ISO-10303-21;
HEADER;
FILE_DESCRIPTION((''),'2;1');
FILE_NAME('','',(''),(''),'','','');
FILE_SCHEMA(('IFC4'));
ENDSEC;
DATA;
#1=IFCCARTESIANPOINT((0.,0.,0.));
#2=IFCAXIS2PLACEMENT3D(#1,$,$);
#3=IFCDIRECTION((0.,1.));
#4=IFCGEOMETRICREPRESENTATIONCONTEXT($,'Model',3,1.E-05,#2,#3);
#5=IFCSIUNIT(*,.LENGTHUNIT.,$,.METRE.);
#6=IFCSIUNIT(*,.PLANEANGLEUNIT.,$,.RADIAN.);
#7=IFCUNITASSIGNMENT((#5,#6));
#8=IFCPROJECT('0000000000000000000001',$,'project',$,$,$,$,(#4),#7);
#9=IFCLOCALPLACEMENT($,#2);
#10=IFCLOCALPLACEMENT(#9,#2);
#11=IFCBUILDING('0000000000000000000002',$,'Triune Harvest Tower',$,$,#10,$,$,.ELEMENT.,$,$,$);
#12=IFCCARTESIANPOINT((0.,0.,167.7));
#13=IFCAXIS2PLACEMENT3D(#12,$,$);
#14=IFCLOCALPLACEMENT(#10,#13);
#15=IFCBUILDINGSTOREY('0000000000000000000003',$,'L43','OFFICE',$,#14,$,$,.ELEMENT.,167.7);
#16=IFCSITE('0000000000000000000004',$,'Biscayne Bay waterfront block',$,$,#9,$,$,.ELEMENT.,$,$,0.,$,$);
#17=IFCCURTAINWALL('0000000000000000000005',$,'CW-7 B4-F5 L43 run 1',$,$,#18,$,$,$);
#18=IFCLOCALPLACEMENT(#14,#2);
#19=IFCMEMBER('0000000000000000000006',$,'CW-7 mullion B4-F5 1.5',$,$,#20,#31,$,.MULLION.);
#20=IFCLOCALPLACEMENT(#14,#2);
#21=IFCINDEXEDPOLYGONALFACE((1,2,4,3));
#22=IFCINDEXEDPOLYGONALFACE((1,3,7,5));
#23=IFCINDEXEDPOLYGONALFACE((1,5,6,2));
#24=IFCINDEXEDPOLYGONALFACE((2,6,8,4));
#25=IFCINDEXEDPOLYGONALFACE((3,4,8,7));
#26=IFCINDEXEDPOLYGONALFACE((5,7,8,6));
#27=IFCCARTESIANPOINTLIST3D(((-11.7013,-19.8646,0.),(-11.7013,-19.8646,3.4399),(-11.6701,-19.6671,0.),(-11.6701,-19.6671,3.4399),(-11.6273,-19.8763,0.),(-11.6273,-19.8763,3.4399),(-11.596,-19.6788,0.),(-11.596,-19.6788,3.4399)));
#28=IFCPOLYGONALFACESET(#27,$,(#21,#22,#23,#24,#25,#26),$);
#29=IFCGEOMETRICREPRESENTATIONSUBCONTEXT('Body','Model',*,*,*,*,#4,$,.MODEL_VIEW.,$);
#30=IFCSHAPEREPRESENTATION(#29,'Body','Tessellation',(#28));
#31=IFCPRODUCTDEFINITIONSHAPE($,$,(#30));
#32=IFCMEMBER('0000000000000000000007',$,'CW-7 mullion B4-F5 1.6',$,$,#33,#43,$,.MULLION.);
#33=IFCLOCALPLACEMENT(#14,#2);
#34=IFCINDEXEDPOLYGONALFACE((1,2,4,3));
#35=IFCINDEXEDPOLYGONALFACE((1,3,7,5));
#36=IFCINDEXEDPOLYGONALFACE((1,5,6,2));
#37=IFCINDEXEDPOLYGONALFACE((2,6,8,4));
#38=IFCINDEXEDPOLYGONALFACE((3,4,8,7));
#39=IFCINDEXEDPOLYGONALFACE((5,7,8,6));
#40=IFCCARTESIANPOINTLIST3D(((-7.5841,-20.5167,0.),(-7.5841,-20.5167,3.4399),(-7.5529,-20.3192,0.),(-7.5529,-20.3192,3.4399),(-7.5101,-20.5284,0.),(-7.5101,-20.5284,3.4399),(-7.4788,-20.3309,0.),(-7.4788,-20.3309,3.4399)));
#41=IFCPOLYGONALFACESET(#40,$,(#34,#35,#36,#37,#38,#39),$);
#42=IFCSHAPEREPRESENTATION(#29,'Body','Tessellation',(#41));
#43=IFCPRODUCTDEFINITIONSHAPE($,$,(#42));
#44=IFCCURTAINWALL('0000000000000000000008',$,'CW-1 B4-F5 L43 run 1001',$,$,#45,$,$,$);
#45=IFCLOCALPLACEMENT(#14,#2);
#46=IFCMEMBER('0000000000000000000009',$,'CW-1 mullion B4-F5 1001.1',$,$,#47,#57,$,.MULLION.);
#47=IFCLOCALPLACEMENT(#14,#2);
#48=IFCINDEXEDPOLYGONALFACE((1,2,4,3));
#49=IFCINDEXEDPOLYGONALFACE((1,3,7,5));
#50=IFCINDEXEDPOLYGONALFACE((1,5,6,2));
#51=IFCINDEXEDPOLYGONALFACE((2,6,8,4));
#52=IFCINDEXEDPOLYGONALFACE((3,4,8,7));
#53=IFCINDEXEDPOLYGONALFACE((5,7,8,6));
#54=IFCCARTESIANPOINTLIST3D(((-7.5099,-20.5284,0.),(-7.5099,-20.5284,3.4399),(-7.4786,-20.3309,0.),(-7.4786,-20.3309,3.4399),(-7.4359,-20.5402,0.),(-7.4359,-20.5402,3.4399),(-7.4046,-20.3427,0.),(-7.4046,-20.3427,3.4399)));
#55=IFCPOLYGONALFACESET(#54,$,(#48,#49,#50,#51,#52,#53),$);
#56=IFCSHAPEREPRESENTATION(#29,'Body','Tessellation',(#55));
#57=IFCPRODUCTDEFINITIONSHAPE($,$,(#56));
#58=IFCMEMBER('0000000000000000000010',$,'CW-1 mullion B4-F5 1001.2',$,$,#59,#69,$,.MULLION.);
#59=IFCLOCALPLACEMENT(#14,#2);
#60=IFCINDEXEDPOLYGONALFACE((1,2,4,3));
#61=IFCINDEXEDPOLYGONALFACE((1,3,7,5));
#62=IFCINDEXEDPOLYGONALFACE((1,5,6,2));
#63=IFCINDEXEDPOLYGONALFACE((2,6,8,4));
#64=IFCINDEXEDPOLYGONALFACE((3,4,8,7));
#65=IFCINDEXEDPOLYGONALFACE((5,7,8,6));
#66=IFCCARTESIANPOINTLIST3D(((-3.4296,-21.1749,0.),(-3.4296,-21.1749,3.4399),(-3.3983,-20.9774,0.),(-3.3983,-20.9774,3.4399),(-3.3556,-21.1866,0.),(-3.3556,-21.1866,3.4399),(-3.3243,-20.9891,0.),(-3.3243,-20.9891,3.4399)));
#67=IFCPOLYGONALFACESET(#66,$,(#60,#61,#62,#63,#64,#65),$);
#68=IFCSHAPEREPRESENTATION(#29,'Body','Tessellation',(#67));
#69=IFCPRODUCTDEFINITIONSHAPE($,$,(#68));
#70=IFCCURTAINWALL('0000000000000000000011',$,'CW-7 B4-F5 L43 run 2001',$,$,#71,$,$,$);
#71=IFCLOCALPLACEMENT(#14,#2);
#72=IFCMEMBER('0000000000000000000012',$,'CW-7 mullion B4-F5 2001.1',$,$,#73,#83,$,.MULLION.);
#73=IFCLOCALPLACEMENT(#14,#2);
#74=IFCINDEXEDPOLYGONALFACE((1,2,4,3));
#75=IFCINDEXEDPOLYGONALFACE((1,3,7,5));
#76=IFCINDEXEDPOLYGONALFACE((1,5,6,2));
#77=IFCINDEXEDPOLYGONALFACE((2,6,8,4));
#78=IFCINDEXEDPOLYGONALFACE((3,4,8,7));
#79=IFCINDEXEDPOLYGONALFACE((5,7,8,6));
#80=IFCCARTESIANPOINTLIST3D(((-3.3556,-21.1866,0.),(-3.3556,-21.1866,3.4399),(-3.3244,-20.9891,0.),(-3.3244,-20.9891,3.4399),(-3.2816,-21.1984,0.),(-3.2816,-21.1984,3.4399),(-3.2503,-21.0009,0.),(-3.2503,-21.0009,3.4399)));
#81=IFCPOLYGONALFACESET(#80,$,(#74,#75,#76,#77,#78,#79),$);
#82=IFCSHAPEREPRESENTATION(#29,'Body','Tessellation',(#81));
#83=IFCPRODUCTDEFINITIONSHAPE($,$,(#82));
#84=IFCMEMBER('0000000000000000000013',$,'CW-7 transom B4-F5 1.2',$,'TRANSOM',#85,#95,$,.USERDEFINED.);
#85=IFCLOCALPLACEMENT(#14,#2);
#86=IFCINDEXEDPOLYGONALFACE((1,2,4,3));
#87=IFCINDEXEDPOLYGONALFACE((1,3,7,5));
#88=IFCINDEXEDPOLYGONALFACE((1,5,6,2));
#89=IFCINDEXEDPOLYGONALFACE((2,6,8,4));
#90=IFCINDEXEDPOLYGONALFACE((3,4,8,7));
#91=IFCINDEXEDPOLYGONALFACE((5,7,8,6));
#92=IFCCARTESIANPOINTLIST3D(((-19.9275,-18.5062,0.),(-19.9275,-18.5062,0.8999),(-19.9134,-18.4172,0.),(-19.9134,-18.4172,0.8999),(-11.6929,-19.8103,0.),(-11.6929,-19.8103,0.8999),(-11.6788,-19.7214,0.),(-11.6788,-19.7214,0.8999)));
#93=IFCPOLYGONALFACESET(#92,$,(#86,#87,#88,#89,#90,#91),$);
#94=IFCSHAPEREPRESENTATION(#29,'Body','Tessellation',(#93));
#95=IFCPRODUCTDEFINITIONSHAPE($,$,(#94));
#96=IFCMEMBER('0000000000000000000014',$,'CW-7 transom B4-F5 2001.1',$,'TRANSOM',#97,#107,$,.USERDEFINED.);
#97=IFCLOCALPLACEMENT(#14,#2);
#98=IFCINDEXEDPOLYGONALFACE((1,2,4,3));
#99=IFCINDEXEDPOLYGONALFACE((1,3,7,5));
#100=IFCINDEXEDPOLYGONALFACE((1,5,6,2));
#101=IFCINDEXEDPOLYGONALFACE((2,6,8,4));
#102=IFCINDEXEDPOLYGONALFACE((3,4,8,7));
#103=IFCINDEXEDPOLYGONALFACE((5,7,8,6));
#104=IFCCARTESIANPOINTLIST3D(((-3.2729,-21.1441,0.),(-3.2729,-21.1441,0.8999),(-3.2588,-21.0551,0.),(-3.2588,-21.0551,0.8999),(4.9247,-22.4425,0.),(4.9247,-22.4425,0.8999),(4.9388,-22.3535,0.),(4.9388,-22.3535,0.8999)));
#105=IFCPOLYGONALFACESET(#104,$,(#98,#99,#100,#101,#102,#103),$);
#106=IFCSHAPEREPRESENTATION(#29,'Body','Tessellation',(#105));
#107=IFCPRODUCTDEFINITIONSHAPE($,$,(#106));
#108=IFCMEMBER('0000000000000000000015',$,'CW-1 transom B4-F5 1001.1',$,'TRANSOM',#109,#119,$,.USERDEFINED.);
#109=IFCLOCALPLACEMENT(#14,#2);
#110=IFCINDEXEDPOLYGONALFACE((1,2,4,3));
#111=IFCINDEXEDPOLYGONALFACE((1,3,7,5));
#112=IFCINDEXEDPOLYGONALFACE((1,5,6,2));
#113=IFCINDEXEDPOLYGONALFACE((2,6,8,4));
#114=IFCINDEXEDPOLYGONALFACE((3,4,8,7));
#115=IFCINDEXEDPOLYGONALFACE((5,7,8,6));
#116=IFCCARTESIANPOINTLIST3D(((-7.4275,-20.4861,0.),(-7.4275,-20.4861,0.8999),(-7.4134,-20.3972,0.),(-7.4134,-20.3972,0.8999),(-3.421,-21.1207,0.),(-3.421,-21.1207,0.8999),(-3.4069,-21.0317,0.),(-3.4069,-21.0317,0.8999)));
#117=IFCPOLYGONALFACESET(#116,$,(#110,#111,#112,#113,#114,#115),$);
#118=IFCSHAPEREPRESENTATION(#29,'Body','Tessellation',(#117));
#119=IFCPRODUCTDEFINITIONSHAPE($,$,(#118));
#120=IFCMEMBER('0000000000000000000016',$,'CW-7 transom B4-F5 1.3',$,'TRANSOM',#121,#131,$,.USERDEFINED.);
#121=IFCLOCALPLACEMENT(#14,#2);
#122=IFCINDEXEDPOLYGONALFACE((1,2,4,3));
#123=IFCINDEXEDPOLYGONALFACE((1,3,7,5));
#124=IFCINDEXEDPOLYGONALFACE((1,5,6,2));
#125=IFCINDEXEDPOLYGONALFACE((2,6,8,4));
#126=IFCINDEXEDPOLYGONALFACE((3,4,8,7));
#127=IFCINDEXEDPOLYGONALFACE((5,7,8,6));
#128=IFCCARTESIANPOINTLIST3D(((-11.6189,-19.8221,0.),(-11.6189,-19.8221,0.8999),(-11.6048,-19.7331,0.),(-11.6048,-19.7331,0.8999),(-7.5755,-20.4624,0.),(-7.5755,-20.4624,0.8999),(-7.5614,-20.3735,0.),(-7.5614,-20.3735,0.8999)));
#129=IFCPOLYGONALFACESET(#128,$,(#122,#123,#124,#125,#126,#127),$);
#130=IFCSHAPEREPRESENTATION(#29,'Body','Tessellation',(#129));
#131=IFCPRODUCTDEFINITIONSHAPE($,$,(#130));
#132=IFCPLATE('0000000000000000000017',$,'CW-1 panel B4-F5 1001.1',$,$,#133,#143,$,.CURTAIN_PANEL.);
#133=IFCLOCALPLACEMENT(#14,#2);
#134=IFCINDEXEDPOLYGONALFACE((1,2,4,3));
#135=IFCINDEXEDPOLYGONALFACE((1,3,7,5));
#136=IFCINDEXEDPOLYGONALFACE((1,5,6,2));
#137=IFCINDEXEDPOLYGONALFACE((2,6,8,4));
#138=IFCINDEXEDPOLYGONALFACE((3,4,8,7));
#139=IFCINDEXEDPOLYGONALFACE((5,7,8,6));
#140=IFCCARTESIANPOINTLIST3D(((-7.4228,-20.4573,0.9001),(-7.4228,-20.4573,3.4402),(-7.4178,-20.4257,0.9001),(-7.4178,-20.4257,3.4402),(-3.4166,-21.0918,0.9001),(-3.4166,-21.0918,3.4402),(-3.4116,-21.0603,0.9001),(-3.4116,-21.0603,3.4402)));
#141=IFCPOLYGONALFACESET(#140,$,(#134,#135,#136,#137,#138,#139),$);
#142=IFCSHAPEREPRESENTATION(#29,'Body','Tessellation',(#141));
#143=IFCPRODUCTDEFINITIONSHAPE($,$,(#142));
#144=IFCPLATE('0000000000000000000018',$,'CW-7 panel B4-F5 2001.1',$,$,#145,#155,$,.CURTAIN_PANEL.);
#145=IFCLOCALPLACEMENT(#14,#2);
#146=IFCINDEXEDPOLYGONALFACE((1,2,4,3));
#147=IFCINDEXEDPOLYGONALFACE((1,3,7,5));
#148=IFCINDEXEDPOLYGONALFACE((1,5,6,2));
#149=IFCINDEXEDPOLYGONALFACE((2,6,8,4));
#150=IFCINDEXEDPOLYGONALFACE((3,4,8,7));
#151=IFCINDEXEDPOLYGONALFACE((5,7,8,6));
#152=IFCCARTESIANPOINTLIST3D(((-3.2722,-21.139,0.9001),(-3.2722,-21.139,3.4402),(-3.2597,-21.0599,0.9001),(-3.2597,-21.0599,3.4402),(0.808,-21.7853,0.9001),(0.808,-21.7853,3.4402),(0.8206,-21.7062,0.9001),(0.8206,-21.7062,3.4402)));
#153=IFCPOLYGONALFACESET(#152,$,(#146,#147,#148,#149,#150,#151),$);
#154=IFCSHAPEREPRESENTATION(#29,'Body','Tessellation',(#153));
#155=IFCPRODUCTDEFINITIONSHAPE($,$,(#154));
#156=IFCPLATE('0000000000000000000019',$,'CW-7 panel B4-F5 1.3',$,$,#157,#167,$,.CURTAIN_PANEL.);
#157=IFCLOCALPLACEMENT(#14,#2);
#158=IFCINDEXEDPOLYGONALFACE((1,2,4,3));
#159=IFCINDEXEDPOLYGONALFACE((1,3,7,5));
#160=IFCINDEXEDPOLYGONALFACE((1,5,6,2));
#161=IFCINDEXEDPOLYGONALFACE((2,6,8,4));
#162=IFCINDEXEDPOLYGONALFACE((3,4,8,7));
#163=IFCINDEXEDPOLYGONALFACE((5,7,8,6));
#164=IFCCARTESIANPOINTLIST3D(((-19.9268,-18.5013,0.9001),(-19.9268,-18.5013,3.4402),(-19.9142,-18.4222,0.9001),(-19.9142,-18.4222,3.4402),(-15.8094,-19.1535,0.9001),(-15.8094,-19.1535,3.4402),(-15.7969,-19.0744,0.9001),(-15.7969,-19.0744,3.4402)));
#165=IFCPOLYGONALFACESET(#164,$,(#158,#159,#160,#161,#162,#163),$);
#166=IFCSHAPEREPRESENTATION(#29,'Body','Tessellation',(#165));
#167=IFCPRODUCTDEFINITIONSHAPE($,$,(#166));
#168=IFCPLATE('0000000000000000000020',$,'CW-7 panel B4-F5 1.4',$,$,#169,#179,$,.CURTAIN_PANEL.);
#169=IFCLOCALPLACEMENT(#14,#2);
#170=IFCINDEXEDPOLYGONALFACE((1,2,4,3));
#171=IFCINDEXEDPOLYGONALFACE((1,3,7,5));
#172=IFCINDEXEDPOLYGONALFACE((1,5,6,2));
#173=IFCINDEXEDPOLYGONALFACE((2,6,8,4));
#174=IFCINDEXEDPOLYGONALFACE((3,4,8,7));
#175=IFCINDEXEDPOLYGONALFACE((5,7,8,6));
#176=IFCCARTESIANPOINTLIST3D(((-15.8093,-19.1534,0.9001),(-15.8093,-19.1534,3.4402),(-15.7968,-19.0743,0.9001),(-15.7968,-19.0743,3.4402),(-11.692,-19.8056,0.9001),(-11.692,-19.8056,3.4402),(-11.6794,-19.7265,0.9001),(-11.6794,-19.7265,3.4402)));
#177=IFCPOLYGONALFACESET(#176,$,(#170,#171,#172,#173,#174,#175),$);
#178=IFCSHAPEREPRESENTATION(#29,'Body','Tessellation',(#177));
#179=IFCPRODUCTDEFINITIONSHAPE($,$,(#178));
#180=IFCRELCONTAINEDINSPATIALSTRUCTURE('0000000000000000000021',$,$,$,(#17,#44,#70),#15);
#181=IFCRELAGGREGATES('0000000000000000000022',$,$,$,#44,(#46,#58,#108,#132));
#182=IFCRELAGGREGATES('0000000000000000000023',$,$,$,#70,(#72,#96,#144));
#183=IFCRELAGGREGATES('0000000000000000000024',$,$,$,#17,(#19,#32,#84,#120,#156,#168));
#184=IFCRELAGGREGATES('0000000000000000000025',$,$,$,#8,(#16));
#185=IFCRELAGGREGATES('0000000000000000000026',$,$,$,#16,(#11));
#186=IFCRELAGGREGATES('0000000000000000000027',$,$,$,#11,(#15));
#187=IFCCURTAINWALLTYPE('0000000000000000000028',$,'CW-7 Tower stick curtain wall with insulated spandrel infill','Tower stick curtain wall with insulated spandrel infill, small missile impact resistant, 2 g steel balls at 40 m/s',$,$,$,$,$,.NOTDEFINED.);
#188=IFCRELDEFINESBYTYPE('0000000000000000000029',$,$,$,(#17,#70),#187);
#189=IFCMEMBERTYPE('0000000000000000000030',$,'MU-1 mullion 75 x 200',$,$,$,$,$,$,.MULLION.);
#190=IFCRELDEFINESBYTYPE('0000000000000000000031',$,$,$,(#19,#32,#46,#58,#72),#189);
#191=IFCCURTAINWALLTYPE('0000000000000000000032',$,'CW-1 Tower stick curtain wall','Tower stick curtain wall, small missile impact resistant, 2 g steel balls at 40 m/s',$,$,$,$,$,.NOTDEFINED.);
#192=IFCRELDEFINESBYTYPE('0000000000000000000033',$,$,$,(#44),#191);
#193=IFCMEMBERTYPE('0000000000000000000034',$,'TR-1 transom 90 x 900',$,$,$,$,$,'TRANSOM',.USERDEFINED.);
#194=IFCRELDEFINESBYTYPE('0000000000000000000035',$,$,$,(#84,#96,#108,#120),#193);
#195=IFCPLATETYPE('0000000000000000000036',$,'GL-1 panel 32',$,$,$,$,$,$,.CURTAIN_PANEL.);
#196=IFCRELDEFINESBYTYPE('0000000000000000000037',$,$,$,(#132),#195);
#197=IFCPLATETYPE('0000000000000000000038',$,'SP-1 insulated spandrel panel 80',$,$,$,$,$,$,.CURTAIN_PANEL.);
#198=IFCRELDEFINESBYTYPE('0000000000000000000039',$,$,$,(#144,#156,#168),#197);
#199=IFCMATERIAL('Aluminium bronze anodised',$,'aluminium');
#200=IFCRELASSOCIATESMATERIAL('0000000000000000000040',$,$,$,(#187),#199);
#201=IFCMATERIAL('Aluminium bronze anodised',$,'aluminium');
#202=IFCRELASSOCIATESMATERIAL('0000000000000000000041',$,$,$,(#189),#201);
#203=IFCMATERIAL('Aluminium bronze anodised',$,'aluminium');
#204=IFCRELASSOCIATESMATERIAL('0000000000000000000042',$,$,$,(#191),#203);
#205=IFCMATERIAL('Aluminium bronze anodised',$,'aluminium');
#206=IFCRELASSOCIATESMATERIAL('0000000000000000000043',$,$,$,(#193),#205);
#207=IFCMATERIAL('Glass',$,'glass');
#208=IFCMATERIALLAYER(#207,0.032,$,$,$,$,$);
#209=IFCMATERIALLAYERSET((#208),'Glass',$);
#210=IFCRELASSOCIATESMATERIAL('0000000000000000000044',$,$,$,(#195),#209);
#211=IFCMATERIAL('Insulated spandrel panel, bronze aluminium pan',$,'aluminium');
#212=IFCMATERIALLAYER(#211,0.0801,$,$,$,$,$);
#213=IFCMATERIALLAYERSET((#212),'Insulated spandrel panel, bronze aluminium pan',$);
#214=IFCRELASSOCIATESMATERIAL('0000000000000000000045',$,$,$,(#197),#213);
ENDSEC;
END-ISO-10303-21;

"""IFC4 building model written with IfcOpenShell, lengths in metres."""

from ifc_helpers import new_model, si_unit, direction, frame, origin, origin_2d, place, context, subcontext, project, spatial, rectangle, extrude, source, transform, mapped, material, layer, layer_set, material_profile, profile_set, type_object, element, aggregate, save


model = new_model("IFC4")

# Units and contexts
model_context = context("Model", 3, precision=1e-05, world=origin(), true_north=direction((0.0, 1.0)))
body_context = subcontext(model_context, "Body", "Model", "MODEL_VIEW")
ifc_project = project(units=[si_unit("LENGTHUNIT", "METRE"), si_unit("PLANEANGLEUNIT", "RADIAN")], contexts=[model_context])

# Site, building, storey
site_placement = place(None, origin())
site = spatial("IfcSite", under=ifc_project, at=site_placement, Name="Biscayne Bay waterfront block", CompositionType="ELEMENT", RefElevation=0.0)
building_placement = place(site_placement, origin())
building = spatial("IfcBuilding", under=site, at=building_placement, Name="Triune Harvest Tower", CompositionType="ELEMENT")
storey_placement = place(building_placement, frame((0.0, 0.0, 167.7)))
storey = spatial("IfcBuildingStorey", under=building, at=storey_placement, Name="L43", Description="OFFICE", CompositionType="ELEMENT", Elevation=167.7)

# Curtain walls, members
ifc_material_1 = material(Name="Aluminium bronze anodised", Category="aluminium")
curtain_wall_type_1 = type_object("IfcCurtainWallType", Name="CW-7 Tower stick curtain wall with insulated spandrel infill", Description="Tower stick curtain wall with insulated spandrel infill, small missile impact resistant, 2 g steel balls at 40 m/s", PredefinedType="NOTDEFINED", material=ifc_material_1)
curtain_wall_1_placement = place(storey_placement, origin())
curtain_wall_1 = element("IfcCurtainWall", 1, at=curtain_wall_1_placement, inside=storey, type_object=curtain_wall_type_1, Name="CW-7 B4-F5 L43 run 1")
ifc_material_2 = material(Name="Aluminium bronze anodised", Category="aluminium")
ifc_material_profile_1 = material_profile(ifc_material_2, rectangle(XDim=0.2, YDim=0.075, at=origin_2d()), Name="MU-1 mullion 75 x 200")
ifc_profile_set_1 = profile_set([ifc_material_profile_1], Name="Aluminium bronze anodised")
member_type_1 = type_object("IfcMemberType", Name="MU-1 mullion 75 x 200", PredefinedType="MULLION", material=ifc_profile_set_1)
shared_shape_1 = source(origin(), body_context, "Body", "SweptSolid", [
    extrude(rectangle(XDim=0.2, YDim=0.075, at=origin_2d()), origin(), (0.0, 0.0, 1.0), 3.4399),
])
member_1_placement = place(storey_placement, frame((-11.6487, -19.7717, 0.0), z_axis=(0.0, 0.0, 1.0), x_axis=(0.156435, 0.987688, 0.0)))
member_1 = element("IfcMember", 2, at=member_1_placement, type_object=member_type_1, Name="CW-7 mullion B4-F5 1.5", PredefinedType="MULLION", context=body_context, shape_type="MappedRepresentation", body=[
    mapped(shared_shape_1, transform((0.0, 0.0, 0.0), scale=1.0)),
])
member_2_placement = place(storey_placement, frame((-7.5315, -20.4238, 0.0), z_axis=(0.0, 0.0, 1.0), x_axis=(0.156435, 0.987688, 0.0)))
member_2 = element("IfcMember", 3, at=member_2_placement, type_object=member_type_1, Name="CW-7 mullion B4-F5 1.6", PredefinedType="MULLION", context=body_context, shape_type="MappedRepresentation", body=[
    mapped(shared_shape_1, transform((0.0, 0.0, 0.0), scale=1.0)),
])
ifc_material_3 = material(Name="Aluminium bronze anodised", Category="aluminium")
curtain_wall_type_2 = type_object("IfcCurtainWallType", Name="CW-1 Tower stick curtain wall", Description="Tower stick curtain wall, small missile impact resistant, 2 g steel balls at 40 m/s", PredefinedType="NOTDEFINED", material=ifc_material_3)
curtain_wall_2_placement = place(storey_placement, origin())
curtain_wall_2 = element("IfcCurtainWall", 4, at=curtain_wall_2_placement, inside=storey, type_object=curtain_wall_type_2, Name="CW-1 B4-F5 L43 run 1001")
member_3_placement = place(storey_placement, frame((-7.4573, -20.4355, 0.0), z_axis=(0.0, 0.0, 1.0), x_axis=(0.156436, 0.987688, 0.0)))
member_3 = element("IfcMember", 5, at=member_3_placement, type_object=member_type_1, Name="CW-1 mullion B4-F5 1001.1", PredefinedType="MULLION", context=body_context, shape_type="MappedRepresentation", body=[
    mapped(shared_shape_1, transform((0.0, 0.0, 0.0), scale=1.0)),
])
member_4_placement = place(storey_placement, frame((-3.377, -21.082, 0.0), z_axis=(0.0, 0.0, 1.0), x_axis=(0.156436, 0.987688, 0.0)))
member_4 = element("IfcMember", 6, at=member_4_placement, type_object=member_type_1, Name="CW-1 mullion B4-F5 1001.2", PredefinedType="MULLION", context=body_context, shape_type="MappedRepresentation", body=[
    mapped(shared_shape_1, transform((0.0, 0.0, 0.0), scale=1.0)),
])

# Curtain wall, member
curtain_wall_3_placement = place(storey_placement, origin())
curtain_wall_3 = element("IfcCurtainWall", 7, at=curtain_wall_3_placement, inside=storey, type_object=curtain_wall_type_1, Name="CW-7 B4-F5 L43 run 2001")
member_5_placement = place(storey_placement, frame((-3.303, -21.0938, 0.0), z_axis=(0.0, 0.0, 1.0), x_axis=(0.156435, 0.987688, 0.0)))
member_5 = element("IfcMember", 8, at=member_5_placement, type_object=member_type_1, Name="CW-7 mullion B4-F5 2001.1", PredefinedType="MULLION", context=body_context, shape_type="MappedRepresentation", body=[
    mapped(shared_shape_1, transform((0.0, 0.0, 0.0), scale=1.0)),
])

# Members
ifc_material_4 = material(Name="Aluminium bronze anodised", Category="aluminium")
ifc_material_profile_2 = material_profile(ifc_material_4, rectangle(XDim=0.0901, YDim=0.8999, at=origin_2d()), Name="TR-1 transom 90 x 900")
ifc_profile_set_2 = profile_set([ifc_material_profile_2], Name="Aluminium bronze anodised")
member_type_2 = type_object("IfcMemberType", Name="TR-1 transom 90 x 900", ElementType="TRANSOM", PredefinedType="USERDEFINED", material=ifc_profile_set_2)
shared_shape_2 = source(origin(), body_context, "Body", "SweptSolid", [
    extrude(rectangle(XDim=0.0901, YDim=0.8999, at=origin_2d()), origin(), (0.0, 0.0, 1.0), 8.3372),
])
member_6_placement = place(storey_placement, frame((-19.9204, -18.4617, 0.45), z_axis=(0.987689, -0.15643, 0.0), x_axis=(0.15643, 0.987689, 0.0)))
member_6 = element("IfcMember", 9, at=member_6_placement, type_object=member_type_2, Name="CW-7 transom B4-F5 1.2", ObjectType="TRANSOM", PredefinedType="USERDEFINED", context=body_context, shape_type="MappedRepresentation", body=[
    mapped(shared_shape_2, transform((0.0, 0.0, 0.0), scale=1.0)),
])
shared_shape_3 = source(origin(), body_context, "Body", "SweptSolid", [
    extrude(rectangle(XDim=0.0901, YDim=0.8999, at=origin_2d()), origin(), (0.0, 0.0, 1.0), 8.2998),
])
member_7_placement = place(storey_placement, frame((-3.2659, -21.0996, 0.45), z_axis=(0.987689, -0.156432, 0.0), x_axis=(0.156432, 0.987689, 0.0)))
member_7 = element("IfcMember", 10, at=member_7_placement, type_object=member_type_2, Name="CW-7 transom B4-F5 2001.1", ObjectType="TRANSOM", PredefinedType="USERDEFINED", context=body_context, shape_type="MappedRepresentation", body=[
    mapped(shared_shape_3, transform((0.0, 0.0, 0.0), scale=1.0)),
])
shared_shape_4 = source(origin(), body_context, "Body", "SweptSolid", [
    extrude(rectangle(XDim=0.0901, YDim=0.8999, at=origin_2d()), origin(), (0.0, 0.0, 1.0), 4.0564),
])
member_8_placement = place(storey_placement, frame((-7.4204, -20.4417, 0.45), z_axis=(0.987689, -0.156429, 0.0), x_axis=(0.156429, 0.987689, 0.0)))
member_8 = element("IfcMember", 11, at=member_8_placement, type_object=member_type_2, Name="CW-1 transom B4-F5 1001.1", ObjectType="TRANSOM", PredefinedType="USERDEFINED", context=body_context, shape_type="MappedRepresentation", body=[
    mapped(shared_shape_4, transform((0.0, 0.0, 0.0), scale=1.0)),
])
shared_shape_5 = source(origin(), body_context, "Body", "SweptSolid", [
    extrude(rectangle(XDim=0.0901, YDim=0.8999, at=origin_2d()), origin(), (0.0, 0.0, 1.0), 4.0938),
])
member_9_placement = place(storey_placement, frame((-11.6118, -19.7776, 0.45), z_axis=(0.98769, -0.156425, 0.0), x_axis=(0.156425, 0.98769, 0.0)))
member_9 = element("IfcMember", 12, at=member_9_placement, type_object=member_type_2, Name="CW-7 transom B4-F5 1.3", ObjectType="TRANSOM", PredefinedType="USERDEFINED", context=body_context, shape_type="MappedRepresentation", body=[
    mapped(shared_shape_5, transform((0.0, 0.0, 0.0), scale=1.0)),
])

# Plates
ifc_material_5 = material(Name="Glass", Category="glass")
ifc_layer_1 = layer(ifc_material_5, 0.032)
ifc_layer_set_1 = layer_set([ifc_layer_1], Name="Glass")
plate_type_1 = type_object("IfcPlateType", Name="GL-1 panel 32", PredefinedType="CURTAIN_PANEL", material=ifc_layer_set_1)
shared_shape_6 = source(origin(), body_context, "Body", "SweptSolid", [
    extrude(rectangle(XDim=4.0562, YDim=0.032, at=origin_2d()), origin(), (0.0, 0.0, 1.0), 2.54),
])
plate_1_placement = place(storey_placement, frame((-5.4172, -20.7588, 0.9001), z_axis=(0.0, 0.0, 1.0), x_axis=(0.987688, -0.156436, 0.0)))
plate_1 = element("IfcPlate", 13, at=plate_1_placement, type_object=plate_type_1, Name="CW-1 panel B4-F5 1001.1", PredefinedType="CURTAIN_PANEL", context=body_context, shape_type="MappedRepresentation", body=[
    mapped(shared_shape_6, transform((0.0, 0.0, 0.0), scale=1.0)),
])
aggregate(curtain_wall_2, [member_3, member_4, member_8, plate_1])
ifc_material_6 = material(Name="Insulated spandrel panel, bronze aluminium pan", Category="aluminium")
ifc_layer_2 = layer(ifc_material_6, 0.0801)
ifc_layer_set_2 = layer_set([ifc_layer_2], Name="Insulated spandrel panel, bronze aluminium pan")
plate_type_2 = type_object("IfcPlateType", Name="SP-1 insulated spandrel panel 80", PredefinedType="CURTAIN_PANEL", material=ifc_layer_set_2)
shared_shape_7 = source(origin(), body_context, "Body", "SweptSolid", [
    extrude(rectangle(XDim=4.1311, YDim=0.0801, at=origin_2d()), origin(), (0.0, 0.0, 1.0), 2.54),
])
plate_2_placement = place(storey_placement, frame((-1.2258, -21.4226, 0.9001), z_axis=(0.0, 0.0, 1.0), x_axis=(0.987688, -0.156435, 0.0)))
plate_2 = element("IfcPlate", 14, at=plate_2_placement, type_object=plate_type_2, Name="CW-7 panel B4-F5 2001.1", PredefinedType="CURTAIN_PANEL", context=body_context, shape_type="MappedRepresentation", body=[
    mapped(shared_shape_7, transform((0.0, 0.0, 0.0), scale=1.0)),
])
aggregate(curtain_wall_3, [member_5, member_7, plate_2])
shared_shape_8 = source(origin(), body_context, "Body", "SweptSolid", [
    extrude(rectangle(XDim=4.1687, YDim=0.0801, at=origin_2d()), origin(), (0.0, 0.0, 1.0), 2.54),
])
plate_3_placement = place(storey_placement, frame((-17.8618, -18.7878, 0.9001), z_axis=(0.0, 0.0, 1.0), x_axis=(0.987688, -0.156435, 0.0)))
plate_3 = element("IfcPlate", 15, at=plate_3_placement, type_object=plate_type_2, Name="CW-7 panel B4-F5 1.3", PredefinedType="CURTAIN_PANEL", context=body_context, shape_type="MappedRepresentation", body=[
    mapped(shared_shape_8, transform((0.0, 0.0, 0.0), scale=1.0)),
])
plate_4_placement = place(storey_placement, frame((-13.7444, -19.4399, 0.9001), z_axis=(0.0, 0.0, 1.0), x_axis=(0.987688, -0.156435, 0.0)))
plate_4 = element("IfcPlate", 16, at=plate_4_placement, type_object=plate_type_2, Name="CW-7 panel B4-F5 1.4", PredefinedType="CURTAIN_PANEL", context=body_context, shape_type="MappedRepresentation", body=[
    mapped(shared_shape_8, transform((0.0, 0.0, 0.0), scale=1.0)),
])
aggregate(curtain_wall_1, [member_1, member_2, member_6, member_9, plate_3, plate_4])

save(model, "model.ifc")
